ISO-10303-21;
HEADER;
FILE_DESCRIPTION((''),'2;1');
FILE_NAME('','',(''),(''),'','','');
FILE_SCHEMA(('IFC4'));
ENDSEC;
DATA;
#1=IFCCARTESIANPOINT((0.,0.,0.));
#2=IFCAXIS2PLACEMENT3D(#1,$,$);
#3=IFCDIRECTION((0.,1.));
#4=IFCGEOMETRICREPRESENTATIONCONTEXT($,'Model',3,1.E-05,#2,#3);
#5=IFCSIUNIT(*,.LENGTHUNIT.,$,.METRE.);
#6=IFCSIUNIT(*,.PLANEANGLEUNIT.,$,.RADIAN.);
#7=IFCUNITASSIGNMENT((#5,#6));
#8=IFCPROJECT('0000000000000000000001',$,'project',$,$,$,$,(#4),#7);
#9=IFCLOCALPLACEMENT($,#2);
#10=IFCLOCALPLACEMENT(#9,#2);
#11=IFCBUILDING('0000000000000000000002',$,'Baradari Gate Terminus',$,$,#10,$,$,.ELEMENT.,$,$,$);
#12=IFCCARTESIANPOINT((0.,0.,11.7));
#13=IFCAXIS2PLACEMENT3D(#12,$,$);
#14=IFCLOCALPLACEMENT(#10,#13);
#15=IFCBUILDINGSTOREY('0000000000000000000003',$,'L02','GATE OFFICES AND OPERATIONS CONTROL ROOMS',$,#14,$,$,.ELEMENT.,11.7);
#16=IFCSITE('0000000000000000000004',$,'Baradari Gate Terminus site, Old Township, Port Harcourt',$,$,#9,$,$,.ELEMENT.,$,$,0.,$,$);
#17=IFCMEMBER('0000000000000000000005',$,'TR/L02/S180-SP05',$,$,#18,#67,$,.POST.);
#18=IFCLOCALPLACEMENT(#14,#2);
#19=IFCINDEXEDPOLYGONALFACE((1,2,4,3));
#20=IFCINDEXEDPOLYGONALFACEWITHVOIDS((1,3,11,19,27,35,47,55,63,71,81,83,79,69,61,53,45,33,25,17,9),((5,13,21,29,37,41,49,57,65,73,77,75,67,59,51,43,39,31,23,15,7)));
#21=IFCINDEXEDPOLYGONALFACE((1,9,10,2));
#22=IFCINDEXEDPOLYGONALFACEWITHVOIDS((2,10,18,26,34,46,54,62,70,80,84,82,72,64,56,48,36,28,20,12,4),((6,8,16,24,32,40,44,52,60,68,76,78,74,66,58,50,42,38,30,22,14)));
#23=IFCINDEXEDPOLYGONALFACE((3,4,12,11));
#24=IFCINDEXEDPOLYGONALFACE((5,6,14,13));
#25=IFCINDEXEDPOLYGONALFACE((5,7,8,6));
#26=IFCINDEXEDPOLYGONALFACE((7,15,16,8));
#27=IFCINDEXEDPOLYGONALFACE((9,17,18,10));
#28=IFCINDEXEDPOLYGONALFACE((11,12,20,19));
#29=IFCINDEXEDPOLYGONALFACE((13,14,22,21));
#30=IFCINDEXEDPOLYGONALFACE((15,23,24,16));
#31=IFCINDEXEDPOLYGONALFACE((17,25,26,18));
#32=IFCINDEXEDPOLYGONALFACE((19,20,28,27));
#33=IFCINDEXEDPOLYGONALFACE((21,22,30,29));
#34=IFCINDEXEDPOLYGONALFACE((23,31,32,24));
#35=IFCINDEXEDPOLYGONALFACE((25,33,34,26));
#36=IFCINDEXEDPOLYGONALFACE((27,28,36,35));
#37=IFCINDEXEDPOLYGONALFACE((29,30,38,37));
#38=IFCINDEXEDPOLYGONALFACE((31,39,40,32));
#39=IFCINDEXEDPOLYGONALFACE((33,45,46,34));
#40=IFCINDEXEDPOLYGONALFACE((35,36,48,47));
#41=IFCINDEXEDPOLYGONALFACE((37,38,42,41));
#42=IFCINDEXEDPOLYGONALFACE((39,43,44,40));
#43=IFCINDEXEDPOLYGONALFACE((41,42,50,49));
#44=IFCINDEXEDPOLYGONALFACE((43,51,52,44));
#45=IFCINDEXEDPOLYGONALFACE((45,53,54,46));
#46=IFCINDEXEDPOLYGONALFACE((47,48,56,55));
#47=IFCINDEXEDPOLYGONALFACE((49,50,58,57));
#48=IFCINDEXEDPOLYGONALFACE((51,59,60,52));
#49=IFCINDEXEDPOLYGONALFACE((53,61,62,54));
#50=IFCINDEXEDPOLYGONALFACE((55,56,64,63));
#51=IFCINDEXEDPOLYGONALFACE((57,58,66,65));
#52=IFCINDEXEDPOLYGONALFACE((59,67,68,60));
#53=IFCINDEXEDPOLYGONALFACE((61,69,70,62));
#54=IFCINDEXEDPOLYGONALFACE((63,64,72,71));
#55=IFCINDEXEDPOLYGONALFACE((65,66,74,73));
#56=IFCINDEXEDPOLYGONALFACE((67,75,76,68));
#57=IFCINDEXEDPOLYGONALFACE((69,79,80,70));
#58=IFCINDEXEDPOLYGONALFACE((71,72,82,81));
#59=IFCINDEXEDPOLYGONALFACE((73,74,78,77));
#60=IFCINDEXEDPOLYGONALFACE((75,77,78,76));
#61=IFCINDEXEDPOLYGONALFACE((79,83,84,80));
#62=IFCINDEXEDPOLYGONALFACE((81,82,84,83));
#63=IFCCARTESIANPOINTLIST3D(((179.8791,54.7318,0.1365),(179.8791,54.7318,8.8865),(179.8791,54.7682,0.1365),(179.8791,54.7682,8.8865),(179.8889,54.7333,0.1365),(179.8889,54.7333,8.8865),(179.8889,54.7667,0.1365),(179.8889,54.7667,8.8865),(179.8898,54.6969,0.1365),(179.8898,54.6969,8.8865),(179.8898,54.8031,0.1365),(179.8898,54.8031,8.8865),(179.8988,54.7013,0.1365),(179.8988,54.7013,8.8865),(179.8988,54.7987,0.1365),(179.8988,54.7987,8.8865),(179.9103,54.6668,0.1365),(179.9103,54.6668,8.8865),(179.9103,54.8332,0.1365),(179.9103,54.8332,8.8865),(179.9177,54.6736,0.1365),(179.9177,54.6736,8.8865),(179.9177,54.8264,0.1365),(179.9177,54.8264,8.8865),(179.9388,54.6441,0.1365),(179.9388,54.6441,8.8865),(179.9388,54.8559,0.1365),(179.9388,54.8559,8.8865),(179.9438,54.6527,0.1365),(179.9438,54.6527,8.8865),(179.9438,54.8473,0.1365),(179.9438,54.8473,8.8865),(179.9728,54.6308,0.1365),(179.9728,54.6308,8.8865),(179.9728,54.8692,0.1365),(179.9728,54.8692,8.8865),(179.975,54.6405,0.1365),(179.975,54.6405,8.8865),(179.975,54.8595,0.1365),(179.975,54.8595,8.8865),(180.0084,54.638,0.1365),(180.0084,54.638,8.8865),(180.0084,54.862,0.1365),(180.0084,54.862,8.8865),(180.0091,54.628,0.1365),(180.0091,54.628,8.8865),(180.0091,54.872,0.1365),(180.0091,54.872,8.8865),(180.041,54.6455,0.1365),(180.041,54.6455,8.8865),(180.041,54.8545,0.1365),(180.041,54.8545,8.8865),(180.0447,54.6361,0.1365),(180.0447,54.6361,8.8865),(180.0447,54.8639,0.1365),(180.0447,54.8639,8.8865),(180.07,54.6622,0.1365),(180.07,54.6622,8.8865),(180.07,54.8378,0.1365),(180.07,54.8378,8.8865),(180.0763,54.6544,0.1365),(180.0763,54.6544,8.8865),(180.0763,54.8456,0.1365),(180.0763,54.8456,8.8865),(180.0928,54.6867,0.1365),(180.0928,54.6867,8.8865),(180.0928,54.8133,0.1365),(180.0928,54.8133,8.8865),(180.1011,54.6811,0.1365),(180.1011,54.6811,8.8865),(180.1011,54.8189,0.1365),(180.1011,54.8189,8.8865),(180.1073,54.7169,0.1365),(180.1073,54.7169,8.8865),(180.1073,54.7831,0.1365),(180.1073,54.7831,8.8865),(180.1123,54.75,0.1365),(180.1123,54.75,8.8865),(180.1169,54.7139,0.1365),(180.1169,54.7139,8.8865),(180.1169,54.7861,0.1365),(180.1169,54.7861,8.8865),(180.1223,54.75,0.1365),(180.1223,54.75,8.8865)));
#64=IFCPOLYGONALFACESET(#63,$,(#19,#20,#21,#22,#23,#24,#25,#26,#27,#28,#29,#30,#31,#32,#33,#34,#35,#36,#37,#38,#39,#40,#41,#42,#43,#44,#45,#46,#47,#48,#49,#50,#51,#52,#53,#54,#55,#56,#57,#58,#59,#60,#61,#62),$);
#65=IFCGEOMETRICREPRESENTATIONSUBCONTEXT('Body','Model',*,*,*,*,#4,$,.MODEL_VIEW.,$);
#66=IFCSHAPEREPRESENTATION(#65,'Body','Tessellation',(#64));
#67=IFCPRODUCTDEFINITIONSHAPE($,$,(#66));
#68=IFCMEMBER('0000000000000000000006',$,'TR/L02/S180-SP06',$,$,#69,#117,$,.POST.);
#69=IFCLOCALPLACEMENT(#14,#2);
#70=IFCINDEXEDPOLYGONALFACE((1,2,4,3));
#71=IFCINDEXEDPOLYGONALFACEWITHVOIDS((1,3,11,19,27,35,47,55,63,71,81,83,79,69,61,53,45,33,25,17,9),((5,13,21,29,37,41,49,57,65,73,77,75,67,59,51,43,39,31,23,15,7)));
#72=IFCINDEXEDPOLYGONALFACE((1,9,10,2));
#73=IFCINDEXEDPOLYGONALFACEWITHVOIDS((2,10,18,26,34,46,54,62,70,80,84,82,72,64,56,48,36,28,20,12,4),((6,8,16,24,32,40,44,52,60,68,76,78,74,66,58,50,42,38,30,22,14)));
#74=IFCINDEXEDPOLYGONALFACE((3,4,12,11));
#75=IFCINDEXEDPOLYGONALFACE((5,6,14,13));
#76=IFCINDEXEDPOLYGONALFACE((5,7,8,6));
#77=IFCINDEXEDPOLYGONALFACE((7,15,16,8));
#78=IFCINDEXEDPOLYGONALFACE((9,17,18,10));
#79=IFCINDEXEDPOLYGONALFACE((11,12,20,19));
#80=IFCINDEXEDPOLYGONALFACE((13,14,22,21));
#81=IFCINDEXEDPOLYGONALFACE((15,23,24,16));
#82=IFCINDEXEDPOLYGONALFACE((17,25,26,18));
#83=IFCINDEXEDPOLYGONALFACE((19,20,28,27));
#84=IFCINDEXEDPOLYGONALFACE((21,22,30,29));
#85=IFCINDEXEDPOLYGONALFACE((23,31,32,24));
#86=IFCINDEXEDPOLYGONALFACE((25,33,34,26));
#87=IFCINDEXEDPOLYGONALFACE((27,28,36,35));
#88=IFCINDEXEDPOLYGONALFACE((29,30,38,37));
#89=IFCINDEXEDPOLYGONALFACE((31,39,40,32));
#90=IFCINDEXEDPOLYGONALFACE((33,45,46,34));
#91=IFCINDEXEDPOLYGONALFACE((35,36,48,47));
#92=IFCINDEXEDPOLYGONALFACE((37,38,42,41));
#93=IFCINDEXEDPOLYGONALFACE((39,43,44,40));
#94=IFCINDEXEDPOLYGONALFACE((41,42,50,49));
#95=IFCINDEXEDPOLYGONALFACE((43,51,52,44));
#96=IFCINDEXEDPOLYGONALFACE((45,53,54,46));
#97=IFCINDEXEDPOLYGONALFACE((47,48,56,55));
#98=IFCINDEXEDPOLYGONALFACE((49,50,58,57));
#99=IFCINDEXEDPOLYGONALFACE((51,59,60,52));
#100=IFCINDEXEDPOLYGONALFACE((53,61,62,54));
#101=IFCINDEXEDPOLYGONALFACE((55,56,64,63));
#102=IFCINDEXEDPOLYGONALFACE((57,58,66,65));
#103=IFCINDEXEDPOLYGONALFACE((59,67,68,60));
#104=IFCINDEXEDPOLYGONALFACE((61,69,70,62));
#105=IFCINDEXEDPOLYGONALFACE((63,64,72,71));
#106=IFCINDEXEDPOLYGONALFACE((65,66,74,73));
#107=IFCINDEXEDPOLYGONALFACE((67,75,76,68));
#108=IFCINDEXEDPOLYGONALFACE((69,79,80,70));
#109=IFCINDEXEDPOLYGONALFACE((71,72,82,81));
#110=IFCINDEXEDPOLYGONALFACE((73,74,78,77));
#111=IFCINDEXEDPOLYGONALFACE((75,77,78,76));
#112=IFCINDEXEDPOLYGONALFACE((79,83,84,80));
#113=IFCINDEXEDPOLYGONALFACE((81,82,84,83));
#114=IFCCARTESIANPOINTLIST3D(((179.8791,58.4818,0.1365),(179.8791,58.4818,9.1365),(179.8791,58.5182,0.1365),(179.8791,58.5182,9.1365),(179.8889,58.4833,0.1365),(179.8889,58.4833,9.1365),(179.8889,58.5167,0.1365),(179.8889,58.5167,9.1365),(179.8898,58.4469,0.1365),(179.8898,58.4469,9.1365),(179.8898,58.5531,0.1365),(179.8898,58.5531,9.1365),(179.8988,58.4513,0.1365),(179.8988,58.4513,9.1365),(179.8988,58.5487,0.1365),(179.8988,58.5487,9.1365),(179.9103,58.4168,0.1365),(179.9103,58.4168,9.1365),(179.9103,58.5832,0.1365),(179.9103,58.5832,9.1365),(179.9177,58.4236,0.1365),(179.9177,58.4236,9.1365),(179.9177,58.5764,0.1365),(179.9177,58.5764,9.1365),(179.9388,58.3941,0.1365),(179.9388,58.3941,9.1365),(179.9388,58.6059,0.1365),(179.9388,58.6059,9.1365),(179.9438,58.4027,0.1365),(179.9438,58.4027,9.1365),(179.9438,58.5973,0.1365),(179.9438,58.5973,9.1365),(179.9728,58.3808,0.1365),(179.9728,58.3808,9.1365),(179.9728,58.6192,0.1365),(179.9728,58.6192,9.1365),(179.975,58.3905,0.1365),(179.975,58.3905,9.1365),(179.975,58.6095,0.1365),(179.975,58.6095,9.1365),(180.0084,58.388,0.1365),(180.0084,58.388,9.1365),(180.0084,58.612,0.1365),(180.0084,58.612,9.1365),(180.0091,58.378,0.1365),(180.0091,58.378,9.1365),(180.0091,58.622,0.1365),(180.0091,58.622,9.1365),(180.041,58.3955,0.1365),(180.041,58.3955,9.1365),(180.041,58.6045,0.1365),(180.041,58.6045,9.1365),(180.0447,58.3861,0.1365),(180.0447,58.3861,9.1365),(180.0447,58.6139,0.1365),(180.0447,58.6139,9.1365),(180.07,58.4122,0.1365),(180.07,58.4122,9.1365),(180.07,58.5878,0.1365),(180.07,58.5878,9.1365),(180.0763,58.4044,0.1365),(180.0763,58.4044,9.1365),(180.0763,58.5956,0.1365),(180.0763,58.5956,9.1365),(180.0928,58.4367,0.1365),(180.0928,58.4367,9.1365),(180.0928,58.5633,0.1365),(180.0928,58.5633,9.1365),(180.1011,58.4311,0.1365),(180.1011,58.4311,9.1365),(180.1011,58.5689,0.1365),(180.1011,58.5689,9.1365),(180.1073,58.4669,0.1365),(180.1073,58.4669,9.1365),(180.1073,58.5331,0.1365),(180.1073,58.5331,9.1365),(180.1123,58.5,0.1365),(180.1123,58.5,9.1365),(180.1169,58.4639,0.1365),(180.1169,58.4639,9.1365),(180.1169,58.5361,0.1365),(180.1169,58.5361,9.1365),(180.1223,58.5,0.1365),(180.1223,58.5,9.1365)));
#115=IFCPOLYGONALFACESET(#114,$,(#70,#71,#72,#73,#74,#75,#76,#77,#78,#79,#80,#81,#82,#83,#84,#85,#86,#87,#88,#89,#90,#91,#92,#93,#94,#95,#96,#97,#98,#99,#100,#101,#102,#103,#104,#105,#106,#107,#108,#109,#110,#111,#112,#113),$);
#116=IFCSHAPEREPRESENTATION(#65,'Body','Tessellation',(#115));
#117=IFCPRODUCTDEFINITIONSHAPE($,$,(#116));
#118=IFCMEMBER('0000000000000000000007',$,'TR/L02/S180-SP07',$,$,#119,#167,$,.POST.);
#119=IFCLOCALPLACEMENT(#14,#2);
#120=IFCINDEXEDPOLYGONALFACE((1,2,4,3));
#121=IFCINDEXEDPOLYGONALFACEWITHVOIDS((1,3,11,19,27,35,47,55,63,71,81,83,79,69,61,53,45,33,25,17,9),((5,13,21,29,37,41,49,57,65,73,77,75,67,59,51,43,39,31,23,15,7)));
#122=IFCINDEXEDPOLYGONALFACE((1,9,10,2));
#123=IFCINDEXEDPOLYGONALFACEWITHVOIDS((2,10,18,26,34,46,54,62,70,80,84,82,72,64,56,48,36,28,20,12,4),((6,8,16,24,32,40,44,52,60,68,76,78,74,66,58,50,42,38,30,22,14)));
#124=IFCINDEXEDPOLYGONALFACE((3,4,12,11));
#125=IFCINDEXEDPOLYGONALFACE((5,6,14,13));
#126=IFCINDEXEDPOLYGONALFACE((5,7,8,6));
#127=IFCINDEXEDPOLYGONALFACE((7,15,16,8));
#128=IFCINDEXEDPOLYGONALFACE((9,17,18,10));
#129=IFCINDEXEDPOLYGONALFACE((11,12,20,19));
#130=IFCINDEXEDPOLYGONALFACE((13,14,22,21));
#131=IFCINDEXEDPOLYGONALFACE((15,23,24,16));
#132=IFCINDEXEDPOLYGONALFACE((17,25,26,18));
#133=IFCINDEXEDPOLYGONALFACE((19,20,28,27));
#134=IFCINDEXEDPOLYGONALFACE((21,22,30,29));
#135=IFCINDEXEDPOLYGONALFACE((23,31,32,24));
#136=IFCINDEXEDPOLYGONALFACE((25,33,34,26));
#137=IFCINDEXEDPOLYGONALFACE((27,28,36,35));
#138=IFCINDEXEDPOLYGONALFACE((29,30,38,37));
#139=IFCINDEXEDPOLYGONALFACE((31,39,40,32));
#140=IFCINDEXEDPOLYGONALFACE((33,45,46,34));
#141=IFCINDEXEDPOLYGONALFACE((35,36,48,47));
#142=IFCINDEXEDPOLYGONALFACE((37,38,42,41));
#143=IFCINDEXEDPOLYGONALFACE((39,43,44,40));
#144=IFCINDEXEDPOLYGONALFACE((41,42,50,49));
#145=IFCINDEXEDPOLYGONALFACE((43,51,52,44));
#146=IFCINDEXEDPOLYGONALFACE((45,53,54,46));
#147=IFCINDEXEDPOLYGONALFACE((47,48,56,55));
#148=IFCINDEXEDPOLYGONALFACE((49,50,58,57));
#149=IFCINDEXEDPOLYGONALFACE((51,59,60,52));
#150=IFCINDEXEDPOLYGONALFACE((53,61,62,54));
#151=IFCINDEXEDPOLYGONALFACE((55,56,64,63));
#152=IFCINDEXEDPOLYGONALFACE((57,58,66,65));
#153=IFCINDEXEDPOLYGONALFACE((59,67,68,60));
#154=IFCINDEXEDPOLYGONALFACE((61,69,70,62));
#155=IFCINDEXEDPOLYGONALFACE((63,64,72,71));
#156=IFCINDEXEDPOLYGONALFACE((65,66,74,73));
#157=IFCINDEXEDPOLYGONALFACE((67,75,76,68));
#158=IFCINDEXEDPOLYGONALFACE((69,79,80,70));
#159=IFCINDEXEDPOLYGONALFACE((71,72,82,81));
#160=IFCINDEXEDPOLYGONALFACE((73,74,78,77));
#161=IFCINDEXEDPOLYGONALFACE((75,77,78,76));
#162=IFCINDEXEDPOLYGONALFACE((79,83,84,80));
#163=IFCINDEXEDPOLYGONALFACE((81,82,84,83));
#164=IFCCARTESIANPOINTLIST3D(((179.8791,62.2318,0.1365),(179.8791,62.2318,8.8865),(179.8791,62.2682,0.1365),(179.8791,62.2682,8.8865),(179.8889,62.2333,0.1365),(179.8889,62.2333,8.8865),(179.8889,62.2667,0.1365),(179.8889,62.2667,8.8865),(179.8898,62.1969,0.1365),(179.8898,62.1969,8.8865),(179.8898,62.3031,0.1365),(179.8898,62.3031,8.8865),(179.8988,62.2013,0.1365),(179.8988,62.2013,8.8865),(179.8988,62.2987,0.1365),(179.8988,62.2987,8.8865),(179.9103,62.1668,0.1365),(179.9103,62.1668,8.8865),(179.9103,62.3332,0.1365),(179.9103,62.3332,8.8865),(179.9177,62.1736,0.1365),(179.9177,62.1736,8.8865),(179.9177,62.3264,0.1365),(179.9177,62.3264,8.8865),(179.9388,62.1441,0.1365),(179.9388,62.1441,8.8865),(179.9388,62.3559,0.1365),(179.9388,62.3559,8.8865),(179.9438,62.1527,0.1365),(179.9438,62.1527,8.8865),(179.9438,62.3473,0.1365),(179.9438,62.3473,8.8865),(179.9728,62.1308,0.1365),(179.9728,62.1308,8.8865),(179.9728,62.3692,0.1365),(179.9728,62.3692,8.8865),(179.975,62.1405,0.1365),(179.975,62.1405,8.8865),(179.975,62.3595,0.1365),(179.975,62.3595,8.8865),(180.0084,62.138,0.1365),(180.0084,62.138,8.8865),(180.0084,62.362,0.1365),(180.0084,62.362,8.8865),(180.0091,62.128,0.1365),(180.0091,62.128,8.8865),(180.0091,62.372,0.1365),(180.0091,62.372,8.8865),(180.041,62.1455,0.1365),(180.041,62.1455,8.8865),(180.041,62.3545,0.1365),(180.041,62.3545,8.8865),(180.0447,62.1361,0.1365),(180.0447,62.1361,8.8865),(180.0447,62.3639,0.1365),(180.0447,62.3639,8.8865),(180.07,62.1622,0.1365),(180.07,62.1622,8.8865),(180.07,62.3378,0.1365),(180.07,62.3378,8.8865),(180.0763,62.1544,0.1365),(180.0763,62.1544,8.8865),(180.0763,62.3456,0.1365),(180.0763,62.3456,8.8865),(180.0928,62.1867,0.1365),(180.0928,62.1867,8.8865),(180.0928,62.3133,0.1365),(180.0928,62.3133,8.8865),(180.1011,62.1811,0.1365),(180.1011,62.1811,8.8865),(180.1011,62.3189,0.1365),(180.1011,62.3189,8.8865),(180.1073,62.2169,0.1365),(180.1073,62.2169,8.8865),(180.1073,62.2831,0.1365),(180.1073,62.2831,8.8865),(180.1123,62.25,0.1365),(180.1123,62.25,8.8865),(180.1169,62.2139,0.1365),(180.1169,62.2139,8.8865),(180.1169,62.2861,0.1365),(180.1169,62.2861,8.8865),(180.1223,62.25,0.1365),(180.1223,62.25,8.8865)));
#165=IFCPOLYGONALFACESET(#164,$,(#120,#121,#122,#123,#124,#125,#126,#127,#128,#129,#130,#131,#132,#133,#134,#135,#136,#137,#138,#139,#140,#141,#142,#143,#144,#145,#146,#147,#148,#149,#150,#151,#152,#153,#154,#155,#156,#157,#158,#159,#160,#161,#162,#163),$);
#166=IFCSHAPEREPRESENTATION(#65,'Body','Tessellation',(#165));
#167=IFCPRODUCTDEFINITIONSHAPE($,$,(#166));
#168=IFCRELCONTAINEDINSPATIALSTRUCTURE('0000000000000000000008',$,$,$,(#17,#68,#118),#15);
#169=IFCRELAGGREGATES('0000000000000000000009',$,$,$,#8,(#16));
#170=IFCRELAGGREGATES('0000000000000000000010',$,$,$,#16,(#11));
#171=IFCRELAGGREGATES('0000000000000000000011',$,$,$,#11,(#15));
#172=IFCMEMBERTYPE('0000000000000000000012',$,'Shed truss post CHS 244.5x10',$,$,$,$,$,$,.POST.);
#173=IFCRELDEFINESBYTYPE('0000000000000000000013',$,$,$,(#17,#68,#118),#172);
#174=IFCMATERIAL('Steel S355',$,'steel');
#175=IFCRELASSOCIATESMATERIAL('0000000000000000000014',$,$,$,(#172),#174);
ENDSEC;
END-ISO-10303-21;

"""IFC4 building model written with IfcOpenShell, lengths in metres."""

from ifc_helpers import new_model, si_unit, direction, frame, origin, origin_2d, place, context, subcontext, project, spatial, hollow_circle, extrude, material, material_profile, profile_set, type_object, element, save


model = new_model("IFC4")

# Units and contexts
model_context = context("Model", 3, precision=1e-05, world=origin(), true_north=direction((0.0, 1.0)))
body_context = subcontext(model_context, "Body", "Model", "MODEL_VIEW")
ifc_project = project(units=[si_unit("LENGTHUNIT", "METRE"), si_unit("PLANEANGLEUNIT", "RADIAN")], contexts=[model_context])

# Site, building, storey
site_placement = place(None, origin())
site = spatial("IfcSite", under=ifc_project, at=site_placement, Name="Baradari Gate Terminus site, Old Township, Port Harcourt", CompositionType="ELEMENT", RefElevation=0.0)
building_placement = place(site_placement, origin())
building = spatial("IfcBuilding", under=site, at=building_placement, Name="Baradari Gate Terminus", CompositionType="ELEMENT")
storey_placement = place(building_placement, frame((0.0, 0.0, 11.7)))
storey = spatial("IfcBuildingStorey", under=building, at=storey_placement, Name="L02", Description="GATE OFFICES AND OPERATIONS CONTROL ROOMS", CompositionType="ELEMENT", Elevation=11.7)

# Members
ifc_material_1 = material(Name="Steel S355", Category="steel")
ifc_material_profile_1 = material_profile(ifc_material_1, hollow_circle(Radius=0.1223, WallThickness=0.01, at=origin_2d()), Name="CHS 244.5x10")
ifc_profile_set_1 = profile_set([ifc_material_profile_1], Name="Steel S355")
member_type_1 = type_object("IfcMemberType", Name="Shed truss post CHS 244.5x10", PredefinedType="POST", material=ifc_profile_set_1)
member_1_placement = place(storey_placement, frame((180.0, 54.75, 0.1365), z_axis=(0.0, 0.0, 1.0), x_axis=(1.0, 0.0, 0.0)))
element("IfcMember", 1, at=member_1_placement, inside=storey, type_object=member_type_1, Name="TR/L02/S180-SP05", PredefinedType="POST", context=body_context, shape_type="SweptSolid", body=[
    extrude(hollow_circle(Radius=0.1223, WallThickness=0.01, at=origin_2d()), origin(), (0.0, 0.0, 1.0), 8.75),
])
member_2_placement = place(storey_placement, frame((180.0, 58.5, 0.1365), z_axis=(0.0, 0.0, 1.0), x_axis=(1.0, 0.0, 0.0)))
element("IfcMember", 2, at=member_2_placement, inside=storey, type_object=member_type_1, Name="TR/L02/S180-SP06", PredefinedType="POST", context=body_context, shape_type="SweptSolid", body=[
    extrude(hollow_circle(Radius=0.1223, WallThickness=0.01, at=origin_2d()), origin(), (0.0, 0.0, 1.0), 9.0),
])
member_3_placement = place(storey_placement, frame((180.0, 62.25, 0.1365), z_axis=(0.0, 0.0, 1.0), x_axis=(1.0, 0.0, 0.0)))
element("IfcMember", 3, at=member_3_placement, inside=storey, type_object=member_type_1, Name="TR/L02/S180-SP07", PredefinedType="POST", context=body_context, shape_type="SweptSolid", body=[
    extrude(hollow_circle(Radius=0.1223, WallThickness=0.01, at=origin_2d()), origin(), (0.0, 0.0, 1.0), 8.75),
])

save(model, "model.ifc")
